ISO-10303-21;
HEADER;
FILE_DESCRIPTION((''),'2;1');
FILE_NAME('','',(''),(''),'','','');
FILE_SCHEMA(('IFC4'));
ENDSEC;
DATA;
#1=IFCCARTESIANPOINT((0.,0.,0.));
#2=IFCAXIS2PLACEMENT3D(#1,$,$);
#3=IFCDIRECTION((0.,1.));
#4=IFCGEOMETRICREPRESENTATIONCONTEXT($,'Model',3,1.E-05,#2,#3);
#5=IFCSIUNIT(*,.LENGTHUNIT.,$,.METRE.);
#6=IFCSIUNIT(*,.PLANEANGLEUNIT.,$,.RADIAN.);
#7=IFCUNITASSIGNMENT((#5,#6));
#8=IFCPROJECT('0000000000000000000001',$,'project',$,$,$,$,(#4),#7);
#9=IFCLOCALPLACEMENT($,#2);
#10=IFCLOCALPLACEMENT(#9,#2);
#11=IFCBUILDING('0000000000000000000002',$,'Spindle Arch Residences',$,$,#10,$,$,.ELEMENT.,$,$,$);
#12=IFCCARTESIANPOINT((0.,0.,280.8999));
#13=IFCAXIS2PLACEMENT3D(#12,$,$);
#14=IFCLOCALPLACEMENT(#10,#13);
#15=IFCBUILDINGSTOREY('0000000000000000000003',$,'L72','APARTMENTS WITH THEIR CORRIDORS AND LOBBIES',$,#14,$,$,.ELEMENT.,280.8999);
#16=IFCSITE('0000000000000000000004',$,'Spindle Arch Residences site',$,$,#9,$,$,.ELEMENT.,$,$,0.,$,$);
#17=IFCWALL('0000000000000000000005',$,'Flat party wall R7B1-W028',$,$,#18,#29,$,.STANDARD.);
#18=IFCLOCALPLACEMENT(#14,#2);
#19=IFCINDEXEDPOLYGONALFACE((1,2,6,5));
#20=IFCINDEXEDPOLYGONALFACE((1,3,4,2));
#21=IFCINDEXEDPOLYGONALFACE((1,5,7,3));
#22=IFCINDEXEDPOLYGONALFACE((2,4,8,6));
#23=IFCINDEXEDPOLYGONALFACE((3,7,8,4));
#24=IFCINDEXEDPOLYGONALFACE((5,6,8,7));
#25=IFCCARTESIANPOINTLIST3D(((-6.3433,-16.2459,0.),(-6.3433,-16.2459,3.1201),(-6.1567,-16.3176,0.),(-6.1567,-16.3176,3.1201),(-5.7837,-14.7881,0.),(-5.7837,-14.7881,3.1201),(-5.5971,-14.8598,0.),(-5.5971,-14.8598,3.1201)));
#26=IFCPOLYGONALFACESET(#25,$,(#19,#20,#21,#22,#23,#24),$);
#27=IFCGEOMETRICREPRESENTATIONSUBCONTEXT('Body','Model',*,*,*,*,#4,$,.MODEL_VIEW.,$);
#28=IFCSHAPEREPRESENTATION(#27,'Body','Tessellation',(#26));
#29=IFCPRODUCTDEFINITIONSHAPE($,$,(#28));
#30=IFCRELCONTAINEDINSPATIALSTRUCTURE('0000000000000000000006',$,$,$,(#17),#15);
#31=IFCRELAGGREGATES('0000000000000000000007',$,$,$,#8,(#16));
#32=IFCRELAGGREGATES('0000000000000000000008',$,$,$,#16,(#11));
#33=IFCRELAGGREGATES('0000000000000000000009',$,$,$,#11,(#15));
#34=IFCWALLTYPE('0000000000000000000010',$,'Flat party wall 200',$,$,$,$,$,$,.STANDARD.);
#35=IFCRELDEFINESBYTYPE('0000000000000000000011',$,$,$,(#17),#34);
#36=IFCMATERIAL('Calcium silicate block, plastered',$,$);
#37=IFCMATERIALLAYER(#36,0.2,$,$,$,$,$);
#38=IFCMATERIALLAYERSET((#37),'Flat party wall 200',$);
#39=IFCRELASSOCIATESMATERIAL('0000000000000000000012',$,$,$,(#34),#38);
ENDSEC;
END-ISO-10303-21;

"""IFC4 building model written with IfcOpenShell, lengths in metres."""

from ifc_helpers import new_model, si_unit, direction, frame, frame_2d, origin, place, context, subcontext, project, spatial, rectangle, extrude, material, layer, layer_set, type_object, element, save


model = new_model("IFC4")

# Units and contexts
model_context = context("Model", 3, precision=1e-05, world=origin(), true_north=direction((0.0, 1.0)))
body_context = subcontext(model_context, "Body", "Model", "MODEL_VIEW")
ifc_project = project(units=[si_unit("LENGTHUNIT", "METRE"), si_unit("PLANEANGLEUNIT", "RADIAN")], contexts=[model_context])

# Site, building, storey
site_placement = place(None, origin())
site = spatial("IfcSite", under=ifc_project, at=site_placement, Name="Spindle Arch Residences site", CompositionType="ELEMENT", RefElevation=0.0)
building_placement = place(site_placement, origin())
building = spatial("IfcBuilding", under=site, at=building_placement, Name="Spindle Arch Residences", CompositionType="ELEMENT")
storey_placement = place(building_placement, frame((0.0, 0.0, 280.8999)))
storey = spatial("IfcBuildingStorey", under=building, at=storey_placement, Name="L72", Description="APARTMENTS WITH THEIR CORRIDORS AND LOBBIES", CompositionType="ELEMENT", Elevation=280.8999)

# Wall
ifc_material_1 = material(Name="Calcium silicate block, plastered")
ifc_layer_1 = layer(ifc_material_1, 0.2)
ifc_layer_set_1 = layer_set([ifc_layer_1], Name="Flat party wall 200")
wall_type_1 = type_object("IfcWallType", Name="Flat party wall 200", PredefinedType="STANDARD", material=ifc_layer_set_1)
wall_1_placement = place(storey_placement, frame((-6.25, -16.2817, 0.0), z_axis=(0.0, 0.0, 1.0), x_axis=(0.358361, 0.933583, 0.0)))
element("IfcWall", 1, at=wall_1_placement, inside=storey, type_object=wall_type_1, Name="Flat party wall R7B1-W028", PredefinedType="STANDARD", context=body_context, shape_type="SweptSolid", body=[
    extrude(rectangle(XDim=1.5615, YDim=0.2, at=frame_2d((0.7808, 0.0))), origin(), (0.0, 0.0, 1.0), 3.1201),
])

save(model, "model.ifc")
